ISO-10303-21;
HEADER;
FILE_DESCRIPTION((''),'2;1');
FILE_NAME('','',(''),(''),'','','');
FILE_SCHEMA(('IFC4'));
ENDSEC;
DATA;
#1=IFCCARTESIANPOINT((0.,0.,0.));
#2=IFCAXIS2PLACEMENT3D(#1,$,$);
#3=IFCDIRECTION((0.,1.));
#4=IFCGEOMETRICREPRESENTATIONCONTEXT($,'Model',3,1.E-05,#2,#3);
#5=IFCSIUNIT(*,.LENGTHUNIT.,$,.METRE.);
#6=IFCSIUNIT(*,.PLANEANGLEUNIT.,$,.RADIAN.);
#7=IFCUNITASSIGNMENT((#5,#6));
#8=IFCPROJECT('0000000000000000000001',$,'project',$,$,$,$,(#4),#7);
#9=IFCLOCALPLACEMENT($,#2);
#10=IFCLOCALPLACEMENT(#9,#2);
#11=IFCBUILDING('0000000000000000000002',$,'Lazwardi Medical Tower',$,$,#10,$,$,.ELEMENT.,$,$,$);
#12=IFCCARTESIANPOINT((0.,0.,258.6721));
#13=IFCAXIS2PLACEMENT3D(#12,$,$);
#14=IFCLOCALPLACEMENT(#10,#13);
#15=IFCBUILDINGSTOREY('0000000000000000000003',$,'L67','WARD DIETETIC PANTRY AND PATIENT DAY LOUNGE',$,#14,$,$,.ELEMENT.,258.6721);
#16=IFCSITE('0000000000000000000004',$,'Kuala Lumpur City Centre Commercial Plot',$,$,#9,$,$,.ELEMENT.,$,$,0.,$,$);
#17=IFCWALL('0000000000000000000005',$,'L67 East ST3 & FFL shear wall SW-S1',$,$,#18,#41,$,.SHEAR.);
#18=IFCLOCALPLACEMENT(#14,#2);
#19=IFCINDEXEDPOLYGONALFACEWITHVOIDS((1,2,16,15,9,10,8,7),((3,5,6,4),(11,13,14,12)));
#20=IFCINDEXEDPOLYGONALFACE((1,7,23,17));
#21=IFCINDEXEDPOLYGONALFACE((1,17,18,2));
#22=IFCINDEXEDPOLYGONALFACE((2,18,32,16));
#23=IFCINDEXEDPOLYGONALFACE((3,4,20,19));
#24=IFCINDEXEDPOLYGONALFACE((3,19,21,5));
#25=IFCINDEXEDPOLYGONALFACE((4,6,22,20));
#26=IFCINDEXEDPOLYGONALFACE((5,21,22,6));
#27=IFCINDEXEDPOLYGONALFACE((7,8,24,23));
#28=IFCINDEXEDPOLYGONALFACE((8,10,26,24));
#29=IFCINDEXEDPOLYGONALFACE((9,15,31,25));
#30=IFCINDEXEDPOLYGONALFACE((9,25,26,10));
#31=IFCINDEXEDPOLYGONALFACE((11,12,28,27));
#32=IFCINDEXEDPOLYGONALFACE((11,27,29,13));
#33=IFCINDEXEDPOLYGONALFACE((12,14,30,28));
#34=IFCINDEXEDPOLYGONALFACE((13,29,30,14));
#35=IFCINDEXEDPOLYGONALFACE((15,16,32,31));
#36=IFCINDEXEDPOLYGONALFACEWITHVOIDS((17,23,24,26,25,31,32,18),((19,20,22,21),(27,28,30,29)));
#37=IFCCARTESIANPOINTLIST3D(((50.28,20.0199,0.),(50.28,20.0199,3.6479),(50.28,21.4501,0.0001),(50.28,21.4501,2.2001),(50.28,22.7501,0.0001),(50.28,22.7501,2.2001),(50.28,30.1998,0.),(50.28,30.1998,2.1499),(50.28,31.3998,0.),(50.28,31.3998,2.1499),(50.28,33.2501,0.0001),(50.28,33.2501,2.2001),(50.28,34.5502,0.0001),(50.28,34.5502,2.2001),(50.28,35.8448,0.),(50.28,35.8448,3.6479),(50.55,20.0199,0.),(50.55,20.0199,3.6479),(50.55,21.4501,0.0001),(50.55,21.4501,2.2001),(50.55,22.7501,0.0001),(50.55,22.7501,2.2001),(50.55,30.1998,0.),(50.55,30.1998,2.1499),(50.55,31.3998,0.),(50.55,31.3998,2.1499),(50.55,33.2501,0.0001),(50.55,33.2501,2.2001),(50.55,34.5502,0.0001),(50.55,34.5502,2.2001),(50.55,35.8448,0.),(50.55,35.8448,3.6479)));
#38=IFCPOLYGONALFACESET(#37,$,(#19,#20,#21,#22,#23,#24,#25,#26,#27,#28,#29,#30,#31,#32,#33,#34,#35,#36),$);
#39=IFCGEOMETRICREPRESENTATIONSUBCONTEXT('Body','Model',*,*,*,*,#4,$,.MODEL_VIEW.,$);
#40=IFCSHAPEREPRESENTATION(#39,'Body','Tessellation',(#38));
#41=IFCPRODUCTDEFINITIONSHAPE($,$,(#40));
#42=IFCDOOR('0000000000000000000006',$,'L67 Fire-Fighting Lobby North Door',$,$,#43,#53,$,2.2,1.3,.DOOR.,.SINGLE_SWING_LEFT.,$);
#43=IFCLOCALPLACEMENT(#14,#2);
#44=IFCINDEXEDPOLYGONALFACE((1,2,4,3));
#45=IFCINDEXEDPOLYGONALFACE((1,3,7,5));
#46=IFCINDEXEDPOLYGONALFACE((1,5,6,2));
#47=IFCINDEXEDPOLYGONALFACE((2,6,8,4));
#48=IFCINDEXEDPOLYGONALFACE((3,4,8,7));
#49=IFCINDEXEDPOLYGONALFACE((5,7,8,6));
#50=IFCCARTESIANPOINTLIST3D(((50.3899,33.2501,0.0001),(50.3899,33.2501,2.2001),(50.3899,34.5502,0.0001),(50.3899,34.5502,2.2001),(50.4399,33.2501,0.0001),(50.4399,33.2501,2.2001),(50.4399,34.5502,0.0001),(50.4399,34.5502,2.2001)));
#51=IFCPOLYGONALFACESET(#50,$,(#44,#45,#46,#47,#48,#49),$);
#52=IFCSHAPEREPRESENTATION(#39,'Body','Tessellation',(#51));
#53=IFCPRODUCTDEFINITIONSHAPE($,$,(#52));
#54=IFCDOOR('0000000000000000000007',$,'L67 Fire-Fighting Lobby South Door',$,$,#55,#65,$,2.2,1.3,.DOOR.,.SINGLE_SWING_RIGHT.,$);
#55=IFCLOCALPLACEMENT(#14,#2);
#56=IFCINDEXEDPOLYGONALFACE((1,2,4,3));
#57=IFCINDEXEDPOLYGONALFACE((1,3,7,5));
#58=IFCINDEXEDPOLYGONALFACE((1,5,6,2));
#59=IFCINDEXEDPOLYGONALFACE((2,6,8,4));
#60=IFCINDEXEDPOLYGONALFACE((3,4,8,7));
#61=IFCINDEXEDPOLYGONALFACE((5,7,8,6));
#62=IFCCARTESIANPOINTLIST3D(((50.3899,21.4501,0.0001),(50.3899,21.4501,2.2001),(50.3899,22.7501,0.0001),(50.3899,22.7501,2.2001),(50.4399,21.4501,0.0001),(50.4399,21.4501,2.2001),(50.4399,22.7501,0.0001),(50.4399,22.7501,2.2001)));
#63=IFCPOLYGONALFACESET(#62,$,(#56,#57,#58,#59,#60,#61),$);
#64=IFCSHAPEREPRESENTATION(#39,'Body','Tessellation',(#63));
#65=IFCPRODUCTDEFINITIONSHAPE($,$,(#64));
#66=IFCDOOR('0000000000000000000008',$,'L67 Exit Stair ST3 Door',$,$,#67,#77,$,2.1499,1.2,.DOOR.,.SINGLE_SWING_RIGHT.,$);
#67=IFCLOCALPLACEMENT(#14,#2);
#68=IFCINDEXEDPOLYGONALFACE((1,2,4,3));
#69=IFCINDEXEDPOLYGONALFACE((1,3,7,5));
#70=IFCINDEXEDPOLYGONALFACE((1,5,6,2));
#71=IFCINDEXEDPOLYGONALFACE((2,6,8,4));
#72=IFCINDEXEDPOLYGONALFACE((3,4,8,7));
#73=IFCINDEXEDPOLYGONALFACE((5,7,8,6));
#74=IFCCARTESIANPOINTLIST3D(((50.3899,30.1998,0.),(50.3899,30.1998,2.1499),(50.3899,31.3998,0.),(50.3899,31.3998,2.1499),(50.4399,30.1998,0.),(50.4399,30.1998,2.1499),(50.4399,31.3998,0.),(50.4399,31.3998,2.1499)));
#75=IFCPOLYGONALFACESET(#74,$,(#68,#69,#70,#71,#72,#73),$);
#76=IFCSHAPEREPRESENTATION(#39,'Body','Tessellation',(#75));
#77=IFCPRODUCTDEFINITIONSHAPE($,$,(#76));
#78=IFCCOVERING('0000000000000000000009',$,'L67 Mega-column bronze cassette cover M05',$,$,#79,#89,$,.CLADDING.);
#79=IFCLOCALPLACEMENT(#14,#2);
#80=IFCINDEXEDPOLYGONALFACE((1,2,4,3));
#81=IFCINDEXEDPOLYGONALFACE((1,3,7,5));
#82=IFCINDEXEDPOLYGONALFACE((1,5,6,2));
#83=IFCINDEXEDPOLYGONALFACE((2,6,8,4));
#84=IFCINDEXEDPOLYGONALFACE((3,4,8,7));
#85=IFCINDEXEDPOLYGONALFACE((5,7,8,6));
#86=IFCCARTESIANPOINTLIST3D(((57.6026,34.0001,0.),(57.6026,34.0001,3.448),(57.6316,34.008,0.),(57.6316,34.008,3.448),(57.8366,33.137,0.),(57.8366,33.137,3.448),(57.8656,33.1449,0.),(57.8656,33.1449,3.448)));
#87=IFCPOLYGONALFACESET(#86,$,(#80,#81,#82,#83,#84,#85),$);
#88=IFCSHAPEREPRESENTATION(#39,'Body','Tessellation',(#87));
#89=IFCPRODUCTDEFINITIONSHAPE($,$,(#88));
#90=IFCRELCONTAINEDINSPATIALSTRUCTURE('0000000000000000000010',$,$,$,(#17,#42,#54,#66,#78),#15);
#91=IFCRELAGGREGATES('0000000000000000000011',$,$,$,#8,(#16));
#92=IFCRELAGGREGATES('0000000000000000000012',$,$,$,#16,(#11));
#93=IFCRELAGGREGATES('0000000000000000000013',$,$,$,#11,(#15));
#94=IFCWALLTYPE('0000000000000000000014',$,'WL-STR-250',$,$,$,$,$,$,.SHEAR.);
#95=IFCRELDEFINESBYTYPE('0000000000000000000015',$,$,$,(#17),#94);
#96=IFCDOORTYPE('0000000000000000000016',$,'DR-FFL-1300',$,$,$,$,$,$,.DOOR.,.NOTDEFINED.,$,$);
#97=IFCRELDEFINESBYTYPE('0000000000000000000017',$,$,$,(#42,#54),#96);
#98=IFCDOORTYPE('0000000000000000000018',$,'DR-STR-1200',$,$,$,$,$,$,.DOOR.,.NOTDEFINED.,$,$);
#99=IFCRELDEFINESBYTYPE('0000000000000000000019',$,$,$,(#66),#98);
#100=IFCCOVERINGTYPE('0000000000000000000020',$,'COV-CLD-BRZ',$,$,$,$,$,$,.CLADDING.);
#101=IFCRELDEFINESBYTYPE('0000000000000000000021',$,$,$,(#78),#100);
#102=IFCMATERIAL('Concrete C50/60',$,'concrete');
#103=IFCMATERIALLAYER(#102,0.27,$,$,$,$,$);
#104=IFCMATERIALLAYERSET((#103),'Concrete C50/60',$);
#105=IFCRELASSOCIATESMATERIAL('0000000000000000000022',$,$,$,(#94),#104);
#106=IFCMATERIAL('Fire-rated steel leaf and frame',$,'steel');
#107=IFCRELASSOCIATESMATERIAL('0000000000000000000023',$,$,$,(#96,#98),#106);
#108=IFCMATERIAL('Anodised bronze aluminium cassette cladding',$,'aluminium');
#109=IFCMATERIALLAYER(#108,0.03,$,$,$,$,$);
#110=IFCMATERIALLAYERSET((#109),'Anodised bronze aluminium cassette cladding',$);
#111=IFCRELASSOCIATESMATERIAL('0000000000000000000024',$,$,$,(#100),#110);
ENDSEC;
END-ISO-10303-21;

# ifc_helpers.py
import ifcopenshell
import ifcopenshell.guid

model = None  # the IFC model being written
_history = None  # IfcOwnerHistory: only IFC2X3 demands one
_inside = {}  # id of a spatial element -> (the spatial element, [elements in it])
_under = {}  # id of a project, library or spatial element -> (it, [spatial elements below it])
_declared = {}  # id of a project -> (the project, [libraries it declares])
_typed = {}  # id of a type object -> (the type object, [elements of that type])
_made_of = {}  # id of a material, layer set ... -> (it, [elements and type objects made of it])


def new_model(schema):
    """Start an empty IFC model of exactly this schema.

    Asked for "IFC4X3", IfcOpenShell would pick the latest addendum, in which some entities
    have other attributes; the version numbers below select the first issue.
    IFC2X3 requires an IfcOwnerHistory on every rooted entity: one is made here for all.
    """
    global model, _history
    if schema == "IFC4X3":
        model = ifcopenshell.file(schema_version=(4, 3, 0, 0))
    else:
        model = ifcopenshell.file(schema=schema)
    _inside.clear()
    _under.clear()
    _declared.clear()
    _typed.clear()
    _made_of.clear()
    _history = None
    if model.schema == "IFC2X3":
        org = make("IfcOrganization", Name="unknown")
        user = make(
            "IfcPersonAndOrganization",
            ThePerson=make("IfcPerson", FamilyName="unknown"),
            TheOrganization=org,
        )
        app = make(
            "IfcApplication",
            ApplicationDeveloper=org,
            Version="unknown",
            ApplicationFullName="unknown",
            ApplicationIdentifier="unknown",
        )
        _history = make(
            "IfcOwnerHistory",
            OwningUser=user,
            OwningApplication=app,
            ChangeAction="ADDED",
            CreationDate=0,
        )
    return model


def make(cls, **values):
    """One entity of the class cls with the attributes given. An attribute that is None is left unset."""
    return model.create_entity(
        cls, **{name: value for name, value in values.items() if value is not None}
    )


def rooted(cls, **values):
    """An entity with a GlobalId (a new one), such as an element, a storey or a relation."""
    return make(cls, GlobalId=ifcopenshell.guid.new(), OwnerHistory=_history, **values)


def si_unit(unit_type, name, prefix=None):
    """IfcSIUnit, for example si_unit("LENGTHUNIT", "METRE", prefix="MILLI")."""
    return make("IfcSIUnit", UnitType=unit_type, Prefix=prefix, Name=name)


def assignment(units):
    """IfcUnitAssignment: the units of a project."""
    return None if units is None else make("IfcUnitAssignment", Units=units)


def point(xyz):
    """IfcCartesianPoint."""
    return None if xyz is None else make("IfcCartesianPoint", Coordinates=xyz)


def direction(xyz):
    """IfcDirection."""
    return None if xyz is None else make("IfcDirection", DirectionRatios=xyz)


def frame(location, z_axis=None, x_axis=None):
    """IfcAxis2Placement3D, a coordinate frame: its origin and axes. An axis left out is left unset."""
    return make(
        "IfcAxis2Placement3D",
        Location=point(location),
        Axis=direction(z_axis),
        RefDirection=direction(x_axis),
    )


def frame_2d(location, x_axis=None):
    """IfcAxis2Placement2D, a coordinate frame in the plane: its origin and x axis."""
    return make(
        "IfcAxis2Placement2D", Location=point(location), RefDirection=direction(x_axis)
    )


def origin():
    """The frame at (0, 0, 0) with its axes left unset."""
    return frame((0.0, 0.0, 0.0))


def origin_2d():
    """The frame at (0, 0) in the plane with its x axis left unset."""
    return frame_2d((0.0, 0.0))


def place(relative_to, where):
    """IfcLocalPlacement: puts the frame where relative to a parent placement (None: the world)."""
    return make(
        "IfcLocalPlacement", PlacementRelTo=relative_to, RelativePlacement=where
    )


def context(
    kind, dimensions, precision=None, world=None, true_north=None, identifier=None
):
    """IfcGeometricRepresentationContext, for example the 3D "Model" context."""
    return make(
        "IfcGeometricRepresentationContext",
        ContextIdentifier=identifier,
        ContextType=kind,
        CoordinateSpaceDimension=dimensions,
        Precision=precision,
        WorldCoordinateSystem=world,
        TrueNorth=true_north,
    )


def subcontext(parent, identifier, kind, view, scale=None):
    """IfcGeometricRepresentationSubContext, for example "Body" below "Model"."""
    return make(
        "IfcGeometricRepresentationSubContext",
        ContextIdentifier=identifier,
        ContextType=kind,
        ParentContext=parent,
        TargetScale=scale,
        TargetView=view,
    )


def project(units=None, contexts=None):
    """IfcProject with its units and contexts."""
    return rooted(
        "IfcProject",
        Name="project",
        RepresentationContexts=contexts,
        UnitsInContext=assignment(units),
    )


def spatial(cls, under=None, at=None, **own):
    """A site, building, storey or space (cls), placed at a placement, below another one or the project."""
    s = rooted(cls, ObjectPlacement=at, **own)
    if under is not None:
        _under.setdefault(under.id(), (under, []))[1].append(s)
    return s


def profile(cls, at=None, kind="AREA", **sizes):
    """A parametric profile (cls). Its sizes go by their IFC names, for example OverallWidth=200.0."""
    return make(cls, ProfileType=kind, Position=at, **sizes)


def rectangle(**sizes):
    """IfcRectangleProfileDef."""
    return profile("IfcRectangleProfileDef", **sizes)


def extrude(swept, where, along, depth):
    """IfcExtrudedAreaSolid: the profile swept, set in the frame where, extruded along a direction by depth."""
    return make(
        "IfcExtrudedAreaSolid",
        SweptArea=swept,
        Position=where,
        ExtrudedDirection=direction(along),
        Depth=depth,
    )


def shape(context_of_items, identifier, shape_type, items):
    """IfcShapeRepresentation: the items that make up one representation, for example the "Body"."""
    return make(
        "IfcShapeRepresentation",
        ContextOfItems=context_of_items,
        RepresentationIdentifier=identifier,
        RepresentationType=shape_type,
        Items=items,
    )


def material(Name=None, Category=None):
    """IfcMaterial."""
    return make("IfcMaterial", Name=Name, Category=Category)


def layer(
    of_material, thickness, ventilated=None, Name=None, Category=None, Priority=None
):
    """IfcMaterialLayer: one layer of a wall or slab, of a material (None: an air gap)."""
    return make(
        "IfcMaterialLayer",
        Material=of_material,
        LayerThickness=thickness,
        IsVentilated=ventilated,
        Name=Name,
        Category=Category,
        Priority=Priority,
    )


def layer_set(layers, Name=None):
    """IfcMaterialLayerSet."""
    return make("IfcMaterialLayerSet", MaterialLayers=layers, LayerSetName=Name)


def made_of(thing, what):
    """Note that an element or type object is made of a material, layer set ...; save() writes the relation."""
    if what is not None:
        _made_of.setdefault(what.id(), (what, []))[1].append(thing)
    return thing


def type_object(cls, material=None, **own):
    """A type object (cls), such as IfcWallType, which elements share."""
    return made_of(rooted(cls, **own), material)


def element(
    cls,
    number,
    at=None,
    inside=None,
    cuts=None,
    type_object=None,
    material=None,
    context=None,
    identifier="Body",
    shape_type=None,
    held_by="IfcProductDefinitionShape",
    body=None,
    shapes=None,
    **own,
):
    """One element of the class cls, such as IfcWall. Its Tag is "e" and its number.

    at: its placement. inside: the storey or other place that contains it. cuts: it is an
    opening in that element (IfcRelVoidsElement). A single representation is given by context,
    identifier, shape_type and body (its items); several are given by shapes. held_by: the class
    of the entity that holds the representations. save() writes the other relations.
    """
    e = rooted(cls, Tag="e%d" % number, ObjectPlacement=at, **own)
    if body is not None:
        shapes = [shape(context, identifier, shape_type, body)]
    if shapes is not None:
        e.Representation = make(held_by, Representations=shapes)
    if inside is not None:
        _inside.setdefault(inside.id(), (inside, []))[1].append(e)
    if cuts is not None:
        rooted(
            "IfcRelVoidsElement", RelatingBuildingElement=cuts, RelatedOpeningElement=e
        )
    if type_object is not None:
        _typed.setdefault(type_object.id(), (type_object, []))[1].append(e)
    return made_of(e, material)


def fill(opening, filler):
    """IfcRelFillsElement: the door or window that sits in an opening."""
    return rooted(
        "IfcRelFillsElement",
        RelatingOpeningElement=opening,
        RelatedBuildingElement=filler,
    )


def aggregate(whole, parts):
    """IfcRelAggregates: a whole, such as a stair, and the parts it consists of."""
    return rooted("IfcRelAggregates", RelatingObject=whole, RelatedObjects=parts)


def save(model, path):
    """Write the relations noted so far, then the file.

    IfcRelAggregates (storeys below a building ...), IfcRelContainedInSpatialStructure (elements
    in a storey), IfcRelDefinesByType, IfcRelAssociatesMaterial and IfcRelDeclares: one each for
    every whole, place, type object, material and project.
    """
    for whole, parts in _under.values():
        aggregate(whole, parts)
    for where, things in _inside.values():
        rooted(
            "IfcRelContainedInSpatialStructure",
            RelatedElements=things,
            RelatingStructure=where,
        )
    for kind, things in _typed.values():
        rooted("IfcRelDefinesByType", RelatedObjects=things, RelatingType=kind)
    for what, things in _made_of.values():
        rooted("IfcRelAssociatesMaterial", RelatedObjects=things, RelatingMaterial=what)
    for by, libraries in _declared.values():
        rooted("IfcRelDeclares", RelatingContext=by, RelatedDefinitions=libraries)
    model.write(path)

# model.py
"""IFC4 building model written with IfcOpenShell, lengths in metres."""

from ifc_helpers import new_model, si_unit, direction, frame, frame_2d, origin, origin_2d, place, context, subcontext, project, spatial, rectangle, extrude, material, layer, layer_set, type_object, element, fill, save


model = new_model("IFC4")

# Units and contexts
model_context = context("Model", 3, precision=1e-05, world=origin(), true_north=direction((0.0, 1.0)))
body_context = subcontext(model_context, "Body", "Model", "MODEL_VIEW")
ifc_project = project(units=[si_unit("LENGTHUNIT", "METRE"), si_unit("PLANEANGLEUNIT", "RADIAN")], contexts=[model_context])

# Site, building, storey
site_placement = place(None, origin())
site = spatial("IfcSite", under=ifc_project, at=site_placement, Name="Kuala Lumpur City Centre Commercial Plot", CompositionType="ELEMENT", RefElevation=0.0)
building_placement = place(site_placement, origin())
building = spatial("IfcBuilding", under=site, at=building_placement, Name="Lazwardi Medical Tower", CompositionType="ELEMENT")
storey_placement = place(building_placement, frame((0.0, 0.0, 258.6721)))
storey = spatial("IfcBuildingStorey", under=building, at=storey_placement, Name="L67", Description="WARD DIETETIC PANTRY AND PATIENT DAY LOUNGE", CompositionType="ELEMENT", Elevation=258.6721)

# Wall, openings, doors
ifc_material_1 = material(Name="Concrete C50/60", Category="concrete")
ifc_layer_1 = layer(ifc_material_1, 0.27)
ifc_layer_set_1 = layer_set([ifc_layer_1], Name="Concrete C50/60")
wall_type_1 = type_object("IfcWallType", Name="WL-STR-250", PredefinedType="SHEAR", material=ifc_layer_set_1)
wall_1_placement = place(storey_placement, frame((50.415, 35.845, 0.0), z_axis=(0.0, 0.0, 1.0), x_axis=(0.0, -1.0, 0.0)))
wall_1 = element("IfcWall", 1, at=wall_1_placement, inside=storey, type_object=wall_type_1, Name="L67 East ST3 & FFL shear wall SW-S1", PredefinedType="SHEAR", context=body_context, shape_type="SweptSolid", body=[
    extrude(rectangle(XDim=15.825, YDim=0.27, at=frame_2d((7.9126, 0.0))), origin(), (0.0, 0.0, 1.0), 3.6479),
])
opening_1_placement = place(wall_1_placement, frame((4.4451, 0.0, 0.0)))
opening_1 = element("IfcOpeningElement", 2, at=opening_1_placement, cuts=wall_1, PredefinedType="OPENING", context=body_context, shape_type="SweptSolid", body=[
    extrude(rectangle(XDim=1.2, YDim=2.1499, at=frame_2d((0.6001, 1.075))), frame((0.0, 0.145, 0.0), z_axis=(0.0, -1.0, 0.0), x_axis=(1.0, 0.0, 0.0)), (0.0, 0.0, 1.0), 0.29),
])
opening_2_placement = place(wall_1_placement, frame((1.2949, 0.0, 0.0)))
opening_2 = element("IfcOpeningElement", 3, at=opening_2_placement, cuts=wall_1, PredefinedType="OPENING", context=body_context, shape_type="SweptSolid", body=[
    extrude(rectangle(XDim=1.3, YDim=2.2, at=frame_2d((0.6499, 1.1001))), frame((0.0, 0.145, 0.0), z_axis=(0.0, -1.0, 0.0), x_axis=(1.0, 0.0, 0.0)), (0.0, 0.0, 1.0), 0.29),
])
opening_3_placement = place(wall_1_placement, frame((13.095, 0.0, 0.0)))
opening_3 = element("IfcOpeningElement", 4, at=opening_3_placement, cuts=wall_1, PredefinedType="OPENING", context=body_context, shape_type="SweptSolid", body=[
    extrude(rectangle(XDim=1.3, YDim=2.2, at=frame_2d((0.6499, 1.1001))), frame((0.0, 0.145, 0.0), z_axis=(0.0, -1.0, 0.0), x_axis=(1.0, 0.0, 0.0)), (0.0, 0.0, 1.0), 0.29),
])
ifc_material_2 = material(Name="Fire-rated steel leaf and frame", Category="steel")
door_type_1 = type_object("IfcDoorType", Name="DR-FFL-1300", OperationType="NOTDEFINED", PredefinedType="DOOR", material=ifc_material_2)
door_1_placement = place(opening_2_placement, origin())
door_1 = element("IfcDoor", 5, at=door_1_placement, inside=storey, type_object=door_type_1, Name="L67 Fire-Fighting Lobby North Door", OperationType="SINGLE_SWING_LEFT", OverallHeight=2.2, OverallWidth=1.3, PredefinedType="DOOR", context=body_context, shape_type="SweptSolid", body=[
    extrude(rectangle(XDim=1.3, YDim=2.2, at=frame_2d((0.6499, 1.1001))), frame((0.0, 0.0249, 0.0), z_axis=(0.0, -1.0, 0.0), x_axis=(1.0, 0.0, 0.0)), (0.0, 0.0, 1.0), 0.05),
])
fill(opening_2, door_1)
door_2_placement = place(opening_3_placement, origin())
door_2 = element("IfcDoor", 6, at=door_2_placement, inside=storey, type_object=door_type_1, Name="L67 Fire-Fighting Lobby South Door", OperationType="SINGLE_SWING_RIGHT", OverallHeight=2.2, OverallWidth=1.3, PredefinedType="DOOR", context=body_context, shape_type="SweptSolid", body=[
    extrude(rectangle(XDim=1.3, YDim=2.2, at=frame_2d((0.6499, 1.1001))), frame((0.0, 0.0249, 0.0), z_axis=(0.0, -1.0, 0.0), x_axis=(1.0, 0.0, 0.0)), (0.0, 0.0, 1.0), 0.05),
])
fill(opening_3, door_2)
door_type_2 = type_object("IfcDoorType", Name="DR-STR-1200", OperationType="NOTDEFINED", PredefinedType="DOOR", material=ifc_material_2)
door_3_placement = place(opening_1_placement, origin())
door_3 = element("IfcDoor", 7, at=door_3_placement, inside=storey, type_object=door_type_2, Name="L67 Exit Stair ST3 Door", OperationType="SINGLE_SWING_RIGHT", OverallHeight=2.1499, OverallWidth=1.2, PredefinedType="DOOR", context=body_context, shape_type="SweptSolid", body=[
    extrude(rectangle(XDim=1.2, YDim=2.1499, at=frame_2d((0.6001, 1.075))), frame((0.0, 0.0249, 0.0), z_axis=(0.0, -1.0, 0.0), x_axis=(1.0, 0.0, 0.0)), (0.0, 0.0, 1.0), 0.05),
])
fill(opening_1, door_3)

# Covering
ifc_material_3 = material(Name="Anodised bronze aluminium cassette cladding", Category="aluminium")
ifc_layer_2 = layer(ifc_material_3, 0.03)
ifc_layer_set_2 = layer_set([ifc_layer_2], Name="Anodised bronze aluminium cassette cladding")
covering_type = type_object("IfcCoveringType", Name="COV-CLD-BRZ", PredefinedType="CLADDING", material=ifc_layer_set_2)
covering_placement = place(storey_placement, frame((57.7341, 33.5725, 0.0), z_axis=(0.0, 0.0, 1.0), x_axis=(-0.261642, 0.965165, 0.0)))
element("IfcCovering", 8, at=covering_placement, inside=storey, type_object=covering_type, Name="L67 Mega-column bronze cassette cover M05", PredefinedType="CLADDING", context=body_context, shape_type="SweptSolid", body=[
    extrude(rectangle(XDim=0.8943, YDim=0.03, at=origin_2d()), origin(), (0.0, 0.0, 1.0), 3.448),
])

save(model, "model.ifc")
